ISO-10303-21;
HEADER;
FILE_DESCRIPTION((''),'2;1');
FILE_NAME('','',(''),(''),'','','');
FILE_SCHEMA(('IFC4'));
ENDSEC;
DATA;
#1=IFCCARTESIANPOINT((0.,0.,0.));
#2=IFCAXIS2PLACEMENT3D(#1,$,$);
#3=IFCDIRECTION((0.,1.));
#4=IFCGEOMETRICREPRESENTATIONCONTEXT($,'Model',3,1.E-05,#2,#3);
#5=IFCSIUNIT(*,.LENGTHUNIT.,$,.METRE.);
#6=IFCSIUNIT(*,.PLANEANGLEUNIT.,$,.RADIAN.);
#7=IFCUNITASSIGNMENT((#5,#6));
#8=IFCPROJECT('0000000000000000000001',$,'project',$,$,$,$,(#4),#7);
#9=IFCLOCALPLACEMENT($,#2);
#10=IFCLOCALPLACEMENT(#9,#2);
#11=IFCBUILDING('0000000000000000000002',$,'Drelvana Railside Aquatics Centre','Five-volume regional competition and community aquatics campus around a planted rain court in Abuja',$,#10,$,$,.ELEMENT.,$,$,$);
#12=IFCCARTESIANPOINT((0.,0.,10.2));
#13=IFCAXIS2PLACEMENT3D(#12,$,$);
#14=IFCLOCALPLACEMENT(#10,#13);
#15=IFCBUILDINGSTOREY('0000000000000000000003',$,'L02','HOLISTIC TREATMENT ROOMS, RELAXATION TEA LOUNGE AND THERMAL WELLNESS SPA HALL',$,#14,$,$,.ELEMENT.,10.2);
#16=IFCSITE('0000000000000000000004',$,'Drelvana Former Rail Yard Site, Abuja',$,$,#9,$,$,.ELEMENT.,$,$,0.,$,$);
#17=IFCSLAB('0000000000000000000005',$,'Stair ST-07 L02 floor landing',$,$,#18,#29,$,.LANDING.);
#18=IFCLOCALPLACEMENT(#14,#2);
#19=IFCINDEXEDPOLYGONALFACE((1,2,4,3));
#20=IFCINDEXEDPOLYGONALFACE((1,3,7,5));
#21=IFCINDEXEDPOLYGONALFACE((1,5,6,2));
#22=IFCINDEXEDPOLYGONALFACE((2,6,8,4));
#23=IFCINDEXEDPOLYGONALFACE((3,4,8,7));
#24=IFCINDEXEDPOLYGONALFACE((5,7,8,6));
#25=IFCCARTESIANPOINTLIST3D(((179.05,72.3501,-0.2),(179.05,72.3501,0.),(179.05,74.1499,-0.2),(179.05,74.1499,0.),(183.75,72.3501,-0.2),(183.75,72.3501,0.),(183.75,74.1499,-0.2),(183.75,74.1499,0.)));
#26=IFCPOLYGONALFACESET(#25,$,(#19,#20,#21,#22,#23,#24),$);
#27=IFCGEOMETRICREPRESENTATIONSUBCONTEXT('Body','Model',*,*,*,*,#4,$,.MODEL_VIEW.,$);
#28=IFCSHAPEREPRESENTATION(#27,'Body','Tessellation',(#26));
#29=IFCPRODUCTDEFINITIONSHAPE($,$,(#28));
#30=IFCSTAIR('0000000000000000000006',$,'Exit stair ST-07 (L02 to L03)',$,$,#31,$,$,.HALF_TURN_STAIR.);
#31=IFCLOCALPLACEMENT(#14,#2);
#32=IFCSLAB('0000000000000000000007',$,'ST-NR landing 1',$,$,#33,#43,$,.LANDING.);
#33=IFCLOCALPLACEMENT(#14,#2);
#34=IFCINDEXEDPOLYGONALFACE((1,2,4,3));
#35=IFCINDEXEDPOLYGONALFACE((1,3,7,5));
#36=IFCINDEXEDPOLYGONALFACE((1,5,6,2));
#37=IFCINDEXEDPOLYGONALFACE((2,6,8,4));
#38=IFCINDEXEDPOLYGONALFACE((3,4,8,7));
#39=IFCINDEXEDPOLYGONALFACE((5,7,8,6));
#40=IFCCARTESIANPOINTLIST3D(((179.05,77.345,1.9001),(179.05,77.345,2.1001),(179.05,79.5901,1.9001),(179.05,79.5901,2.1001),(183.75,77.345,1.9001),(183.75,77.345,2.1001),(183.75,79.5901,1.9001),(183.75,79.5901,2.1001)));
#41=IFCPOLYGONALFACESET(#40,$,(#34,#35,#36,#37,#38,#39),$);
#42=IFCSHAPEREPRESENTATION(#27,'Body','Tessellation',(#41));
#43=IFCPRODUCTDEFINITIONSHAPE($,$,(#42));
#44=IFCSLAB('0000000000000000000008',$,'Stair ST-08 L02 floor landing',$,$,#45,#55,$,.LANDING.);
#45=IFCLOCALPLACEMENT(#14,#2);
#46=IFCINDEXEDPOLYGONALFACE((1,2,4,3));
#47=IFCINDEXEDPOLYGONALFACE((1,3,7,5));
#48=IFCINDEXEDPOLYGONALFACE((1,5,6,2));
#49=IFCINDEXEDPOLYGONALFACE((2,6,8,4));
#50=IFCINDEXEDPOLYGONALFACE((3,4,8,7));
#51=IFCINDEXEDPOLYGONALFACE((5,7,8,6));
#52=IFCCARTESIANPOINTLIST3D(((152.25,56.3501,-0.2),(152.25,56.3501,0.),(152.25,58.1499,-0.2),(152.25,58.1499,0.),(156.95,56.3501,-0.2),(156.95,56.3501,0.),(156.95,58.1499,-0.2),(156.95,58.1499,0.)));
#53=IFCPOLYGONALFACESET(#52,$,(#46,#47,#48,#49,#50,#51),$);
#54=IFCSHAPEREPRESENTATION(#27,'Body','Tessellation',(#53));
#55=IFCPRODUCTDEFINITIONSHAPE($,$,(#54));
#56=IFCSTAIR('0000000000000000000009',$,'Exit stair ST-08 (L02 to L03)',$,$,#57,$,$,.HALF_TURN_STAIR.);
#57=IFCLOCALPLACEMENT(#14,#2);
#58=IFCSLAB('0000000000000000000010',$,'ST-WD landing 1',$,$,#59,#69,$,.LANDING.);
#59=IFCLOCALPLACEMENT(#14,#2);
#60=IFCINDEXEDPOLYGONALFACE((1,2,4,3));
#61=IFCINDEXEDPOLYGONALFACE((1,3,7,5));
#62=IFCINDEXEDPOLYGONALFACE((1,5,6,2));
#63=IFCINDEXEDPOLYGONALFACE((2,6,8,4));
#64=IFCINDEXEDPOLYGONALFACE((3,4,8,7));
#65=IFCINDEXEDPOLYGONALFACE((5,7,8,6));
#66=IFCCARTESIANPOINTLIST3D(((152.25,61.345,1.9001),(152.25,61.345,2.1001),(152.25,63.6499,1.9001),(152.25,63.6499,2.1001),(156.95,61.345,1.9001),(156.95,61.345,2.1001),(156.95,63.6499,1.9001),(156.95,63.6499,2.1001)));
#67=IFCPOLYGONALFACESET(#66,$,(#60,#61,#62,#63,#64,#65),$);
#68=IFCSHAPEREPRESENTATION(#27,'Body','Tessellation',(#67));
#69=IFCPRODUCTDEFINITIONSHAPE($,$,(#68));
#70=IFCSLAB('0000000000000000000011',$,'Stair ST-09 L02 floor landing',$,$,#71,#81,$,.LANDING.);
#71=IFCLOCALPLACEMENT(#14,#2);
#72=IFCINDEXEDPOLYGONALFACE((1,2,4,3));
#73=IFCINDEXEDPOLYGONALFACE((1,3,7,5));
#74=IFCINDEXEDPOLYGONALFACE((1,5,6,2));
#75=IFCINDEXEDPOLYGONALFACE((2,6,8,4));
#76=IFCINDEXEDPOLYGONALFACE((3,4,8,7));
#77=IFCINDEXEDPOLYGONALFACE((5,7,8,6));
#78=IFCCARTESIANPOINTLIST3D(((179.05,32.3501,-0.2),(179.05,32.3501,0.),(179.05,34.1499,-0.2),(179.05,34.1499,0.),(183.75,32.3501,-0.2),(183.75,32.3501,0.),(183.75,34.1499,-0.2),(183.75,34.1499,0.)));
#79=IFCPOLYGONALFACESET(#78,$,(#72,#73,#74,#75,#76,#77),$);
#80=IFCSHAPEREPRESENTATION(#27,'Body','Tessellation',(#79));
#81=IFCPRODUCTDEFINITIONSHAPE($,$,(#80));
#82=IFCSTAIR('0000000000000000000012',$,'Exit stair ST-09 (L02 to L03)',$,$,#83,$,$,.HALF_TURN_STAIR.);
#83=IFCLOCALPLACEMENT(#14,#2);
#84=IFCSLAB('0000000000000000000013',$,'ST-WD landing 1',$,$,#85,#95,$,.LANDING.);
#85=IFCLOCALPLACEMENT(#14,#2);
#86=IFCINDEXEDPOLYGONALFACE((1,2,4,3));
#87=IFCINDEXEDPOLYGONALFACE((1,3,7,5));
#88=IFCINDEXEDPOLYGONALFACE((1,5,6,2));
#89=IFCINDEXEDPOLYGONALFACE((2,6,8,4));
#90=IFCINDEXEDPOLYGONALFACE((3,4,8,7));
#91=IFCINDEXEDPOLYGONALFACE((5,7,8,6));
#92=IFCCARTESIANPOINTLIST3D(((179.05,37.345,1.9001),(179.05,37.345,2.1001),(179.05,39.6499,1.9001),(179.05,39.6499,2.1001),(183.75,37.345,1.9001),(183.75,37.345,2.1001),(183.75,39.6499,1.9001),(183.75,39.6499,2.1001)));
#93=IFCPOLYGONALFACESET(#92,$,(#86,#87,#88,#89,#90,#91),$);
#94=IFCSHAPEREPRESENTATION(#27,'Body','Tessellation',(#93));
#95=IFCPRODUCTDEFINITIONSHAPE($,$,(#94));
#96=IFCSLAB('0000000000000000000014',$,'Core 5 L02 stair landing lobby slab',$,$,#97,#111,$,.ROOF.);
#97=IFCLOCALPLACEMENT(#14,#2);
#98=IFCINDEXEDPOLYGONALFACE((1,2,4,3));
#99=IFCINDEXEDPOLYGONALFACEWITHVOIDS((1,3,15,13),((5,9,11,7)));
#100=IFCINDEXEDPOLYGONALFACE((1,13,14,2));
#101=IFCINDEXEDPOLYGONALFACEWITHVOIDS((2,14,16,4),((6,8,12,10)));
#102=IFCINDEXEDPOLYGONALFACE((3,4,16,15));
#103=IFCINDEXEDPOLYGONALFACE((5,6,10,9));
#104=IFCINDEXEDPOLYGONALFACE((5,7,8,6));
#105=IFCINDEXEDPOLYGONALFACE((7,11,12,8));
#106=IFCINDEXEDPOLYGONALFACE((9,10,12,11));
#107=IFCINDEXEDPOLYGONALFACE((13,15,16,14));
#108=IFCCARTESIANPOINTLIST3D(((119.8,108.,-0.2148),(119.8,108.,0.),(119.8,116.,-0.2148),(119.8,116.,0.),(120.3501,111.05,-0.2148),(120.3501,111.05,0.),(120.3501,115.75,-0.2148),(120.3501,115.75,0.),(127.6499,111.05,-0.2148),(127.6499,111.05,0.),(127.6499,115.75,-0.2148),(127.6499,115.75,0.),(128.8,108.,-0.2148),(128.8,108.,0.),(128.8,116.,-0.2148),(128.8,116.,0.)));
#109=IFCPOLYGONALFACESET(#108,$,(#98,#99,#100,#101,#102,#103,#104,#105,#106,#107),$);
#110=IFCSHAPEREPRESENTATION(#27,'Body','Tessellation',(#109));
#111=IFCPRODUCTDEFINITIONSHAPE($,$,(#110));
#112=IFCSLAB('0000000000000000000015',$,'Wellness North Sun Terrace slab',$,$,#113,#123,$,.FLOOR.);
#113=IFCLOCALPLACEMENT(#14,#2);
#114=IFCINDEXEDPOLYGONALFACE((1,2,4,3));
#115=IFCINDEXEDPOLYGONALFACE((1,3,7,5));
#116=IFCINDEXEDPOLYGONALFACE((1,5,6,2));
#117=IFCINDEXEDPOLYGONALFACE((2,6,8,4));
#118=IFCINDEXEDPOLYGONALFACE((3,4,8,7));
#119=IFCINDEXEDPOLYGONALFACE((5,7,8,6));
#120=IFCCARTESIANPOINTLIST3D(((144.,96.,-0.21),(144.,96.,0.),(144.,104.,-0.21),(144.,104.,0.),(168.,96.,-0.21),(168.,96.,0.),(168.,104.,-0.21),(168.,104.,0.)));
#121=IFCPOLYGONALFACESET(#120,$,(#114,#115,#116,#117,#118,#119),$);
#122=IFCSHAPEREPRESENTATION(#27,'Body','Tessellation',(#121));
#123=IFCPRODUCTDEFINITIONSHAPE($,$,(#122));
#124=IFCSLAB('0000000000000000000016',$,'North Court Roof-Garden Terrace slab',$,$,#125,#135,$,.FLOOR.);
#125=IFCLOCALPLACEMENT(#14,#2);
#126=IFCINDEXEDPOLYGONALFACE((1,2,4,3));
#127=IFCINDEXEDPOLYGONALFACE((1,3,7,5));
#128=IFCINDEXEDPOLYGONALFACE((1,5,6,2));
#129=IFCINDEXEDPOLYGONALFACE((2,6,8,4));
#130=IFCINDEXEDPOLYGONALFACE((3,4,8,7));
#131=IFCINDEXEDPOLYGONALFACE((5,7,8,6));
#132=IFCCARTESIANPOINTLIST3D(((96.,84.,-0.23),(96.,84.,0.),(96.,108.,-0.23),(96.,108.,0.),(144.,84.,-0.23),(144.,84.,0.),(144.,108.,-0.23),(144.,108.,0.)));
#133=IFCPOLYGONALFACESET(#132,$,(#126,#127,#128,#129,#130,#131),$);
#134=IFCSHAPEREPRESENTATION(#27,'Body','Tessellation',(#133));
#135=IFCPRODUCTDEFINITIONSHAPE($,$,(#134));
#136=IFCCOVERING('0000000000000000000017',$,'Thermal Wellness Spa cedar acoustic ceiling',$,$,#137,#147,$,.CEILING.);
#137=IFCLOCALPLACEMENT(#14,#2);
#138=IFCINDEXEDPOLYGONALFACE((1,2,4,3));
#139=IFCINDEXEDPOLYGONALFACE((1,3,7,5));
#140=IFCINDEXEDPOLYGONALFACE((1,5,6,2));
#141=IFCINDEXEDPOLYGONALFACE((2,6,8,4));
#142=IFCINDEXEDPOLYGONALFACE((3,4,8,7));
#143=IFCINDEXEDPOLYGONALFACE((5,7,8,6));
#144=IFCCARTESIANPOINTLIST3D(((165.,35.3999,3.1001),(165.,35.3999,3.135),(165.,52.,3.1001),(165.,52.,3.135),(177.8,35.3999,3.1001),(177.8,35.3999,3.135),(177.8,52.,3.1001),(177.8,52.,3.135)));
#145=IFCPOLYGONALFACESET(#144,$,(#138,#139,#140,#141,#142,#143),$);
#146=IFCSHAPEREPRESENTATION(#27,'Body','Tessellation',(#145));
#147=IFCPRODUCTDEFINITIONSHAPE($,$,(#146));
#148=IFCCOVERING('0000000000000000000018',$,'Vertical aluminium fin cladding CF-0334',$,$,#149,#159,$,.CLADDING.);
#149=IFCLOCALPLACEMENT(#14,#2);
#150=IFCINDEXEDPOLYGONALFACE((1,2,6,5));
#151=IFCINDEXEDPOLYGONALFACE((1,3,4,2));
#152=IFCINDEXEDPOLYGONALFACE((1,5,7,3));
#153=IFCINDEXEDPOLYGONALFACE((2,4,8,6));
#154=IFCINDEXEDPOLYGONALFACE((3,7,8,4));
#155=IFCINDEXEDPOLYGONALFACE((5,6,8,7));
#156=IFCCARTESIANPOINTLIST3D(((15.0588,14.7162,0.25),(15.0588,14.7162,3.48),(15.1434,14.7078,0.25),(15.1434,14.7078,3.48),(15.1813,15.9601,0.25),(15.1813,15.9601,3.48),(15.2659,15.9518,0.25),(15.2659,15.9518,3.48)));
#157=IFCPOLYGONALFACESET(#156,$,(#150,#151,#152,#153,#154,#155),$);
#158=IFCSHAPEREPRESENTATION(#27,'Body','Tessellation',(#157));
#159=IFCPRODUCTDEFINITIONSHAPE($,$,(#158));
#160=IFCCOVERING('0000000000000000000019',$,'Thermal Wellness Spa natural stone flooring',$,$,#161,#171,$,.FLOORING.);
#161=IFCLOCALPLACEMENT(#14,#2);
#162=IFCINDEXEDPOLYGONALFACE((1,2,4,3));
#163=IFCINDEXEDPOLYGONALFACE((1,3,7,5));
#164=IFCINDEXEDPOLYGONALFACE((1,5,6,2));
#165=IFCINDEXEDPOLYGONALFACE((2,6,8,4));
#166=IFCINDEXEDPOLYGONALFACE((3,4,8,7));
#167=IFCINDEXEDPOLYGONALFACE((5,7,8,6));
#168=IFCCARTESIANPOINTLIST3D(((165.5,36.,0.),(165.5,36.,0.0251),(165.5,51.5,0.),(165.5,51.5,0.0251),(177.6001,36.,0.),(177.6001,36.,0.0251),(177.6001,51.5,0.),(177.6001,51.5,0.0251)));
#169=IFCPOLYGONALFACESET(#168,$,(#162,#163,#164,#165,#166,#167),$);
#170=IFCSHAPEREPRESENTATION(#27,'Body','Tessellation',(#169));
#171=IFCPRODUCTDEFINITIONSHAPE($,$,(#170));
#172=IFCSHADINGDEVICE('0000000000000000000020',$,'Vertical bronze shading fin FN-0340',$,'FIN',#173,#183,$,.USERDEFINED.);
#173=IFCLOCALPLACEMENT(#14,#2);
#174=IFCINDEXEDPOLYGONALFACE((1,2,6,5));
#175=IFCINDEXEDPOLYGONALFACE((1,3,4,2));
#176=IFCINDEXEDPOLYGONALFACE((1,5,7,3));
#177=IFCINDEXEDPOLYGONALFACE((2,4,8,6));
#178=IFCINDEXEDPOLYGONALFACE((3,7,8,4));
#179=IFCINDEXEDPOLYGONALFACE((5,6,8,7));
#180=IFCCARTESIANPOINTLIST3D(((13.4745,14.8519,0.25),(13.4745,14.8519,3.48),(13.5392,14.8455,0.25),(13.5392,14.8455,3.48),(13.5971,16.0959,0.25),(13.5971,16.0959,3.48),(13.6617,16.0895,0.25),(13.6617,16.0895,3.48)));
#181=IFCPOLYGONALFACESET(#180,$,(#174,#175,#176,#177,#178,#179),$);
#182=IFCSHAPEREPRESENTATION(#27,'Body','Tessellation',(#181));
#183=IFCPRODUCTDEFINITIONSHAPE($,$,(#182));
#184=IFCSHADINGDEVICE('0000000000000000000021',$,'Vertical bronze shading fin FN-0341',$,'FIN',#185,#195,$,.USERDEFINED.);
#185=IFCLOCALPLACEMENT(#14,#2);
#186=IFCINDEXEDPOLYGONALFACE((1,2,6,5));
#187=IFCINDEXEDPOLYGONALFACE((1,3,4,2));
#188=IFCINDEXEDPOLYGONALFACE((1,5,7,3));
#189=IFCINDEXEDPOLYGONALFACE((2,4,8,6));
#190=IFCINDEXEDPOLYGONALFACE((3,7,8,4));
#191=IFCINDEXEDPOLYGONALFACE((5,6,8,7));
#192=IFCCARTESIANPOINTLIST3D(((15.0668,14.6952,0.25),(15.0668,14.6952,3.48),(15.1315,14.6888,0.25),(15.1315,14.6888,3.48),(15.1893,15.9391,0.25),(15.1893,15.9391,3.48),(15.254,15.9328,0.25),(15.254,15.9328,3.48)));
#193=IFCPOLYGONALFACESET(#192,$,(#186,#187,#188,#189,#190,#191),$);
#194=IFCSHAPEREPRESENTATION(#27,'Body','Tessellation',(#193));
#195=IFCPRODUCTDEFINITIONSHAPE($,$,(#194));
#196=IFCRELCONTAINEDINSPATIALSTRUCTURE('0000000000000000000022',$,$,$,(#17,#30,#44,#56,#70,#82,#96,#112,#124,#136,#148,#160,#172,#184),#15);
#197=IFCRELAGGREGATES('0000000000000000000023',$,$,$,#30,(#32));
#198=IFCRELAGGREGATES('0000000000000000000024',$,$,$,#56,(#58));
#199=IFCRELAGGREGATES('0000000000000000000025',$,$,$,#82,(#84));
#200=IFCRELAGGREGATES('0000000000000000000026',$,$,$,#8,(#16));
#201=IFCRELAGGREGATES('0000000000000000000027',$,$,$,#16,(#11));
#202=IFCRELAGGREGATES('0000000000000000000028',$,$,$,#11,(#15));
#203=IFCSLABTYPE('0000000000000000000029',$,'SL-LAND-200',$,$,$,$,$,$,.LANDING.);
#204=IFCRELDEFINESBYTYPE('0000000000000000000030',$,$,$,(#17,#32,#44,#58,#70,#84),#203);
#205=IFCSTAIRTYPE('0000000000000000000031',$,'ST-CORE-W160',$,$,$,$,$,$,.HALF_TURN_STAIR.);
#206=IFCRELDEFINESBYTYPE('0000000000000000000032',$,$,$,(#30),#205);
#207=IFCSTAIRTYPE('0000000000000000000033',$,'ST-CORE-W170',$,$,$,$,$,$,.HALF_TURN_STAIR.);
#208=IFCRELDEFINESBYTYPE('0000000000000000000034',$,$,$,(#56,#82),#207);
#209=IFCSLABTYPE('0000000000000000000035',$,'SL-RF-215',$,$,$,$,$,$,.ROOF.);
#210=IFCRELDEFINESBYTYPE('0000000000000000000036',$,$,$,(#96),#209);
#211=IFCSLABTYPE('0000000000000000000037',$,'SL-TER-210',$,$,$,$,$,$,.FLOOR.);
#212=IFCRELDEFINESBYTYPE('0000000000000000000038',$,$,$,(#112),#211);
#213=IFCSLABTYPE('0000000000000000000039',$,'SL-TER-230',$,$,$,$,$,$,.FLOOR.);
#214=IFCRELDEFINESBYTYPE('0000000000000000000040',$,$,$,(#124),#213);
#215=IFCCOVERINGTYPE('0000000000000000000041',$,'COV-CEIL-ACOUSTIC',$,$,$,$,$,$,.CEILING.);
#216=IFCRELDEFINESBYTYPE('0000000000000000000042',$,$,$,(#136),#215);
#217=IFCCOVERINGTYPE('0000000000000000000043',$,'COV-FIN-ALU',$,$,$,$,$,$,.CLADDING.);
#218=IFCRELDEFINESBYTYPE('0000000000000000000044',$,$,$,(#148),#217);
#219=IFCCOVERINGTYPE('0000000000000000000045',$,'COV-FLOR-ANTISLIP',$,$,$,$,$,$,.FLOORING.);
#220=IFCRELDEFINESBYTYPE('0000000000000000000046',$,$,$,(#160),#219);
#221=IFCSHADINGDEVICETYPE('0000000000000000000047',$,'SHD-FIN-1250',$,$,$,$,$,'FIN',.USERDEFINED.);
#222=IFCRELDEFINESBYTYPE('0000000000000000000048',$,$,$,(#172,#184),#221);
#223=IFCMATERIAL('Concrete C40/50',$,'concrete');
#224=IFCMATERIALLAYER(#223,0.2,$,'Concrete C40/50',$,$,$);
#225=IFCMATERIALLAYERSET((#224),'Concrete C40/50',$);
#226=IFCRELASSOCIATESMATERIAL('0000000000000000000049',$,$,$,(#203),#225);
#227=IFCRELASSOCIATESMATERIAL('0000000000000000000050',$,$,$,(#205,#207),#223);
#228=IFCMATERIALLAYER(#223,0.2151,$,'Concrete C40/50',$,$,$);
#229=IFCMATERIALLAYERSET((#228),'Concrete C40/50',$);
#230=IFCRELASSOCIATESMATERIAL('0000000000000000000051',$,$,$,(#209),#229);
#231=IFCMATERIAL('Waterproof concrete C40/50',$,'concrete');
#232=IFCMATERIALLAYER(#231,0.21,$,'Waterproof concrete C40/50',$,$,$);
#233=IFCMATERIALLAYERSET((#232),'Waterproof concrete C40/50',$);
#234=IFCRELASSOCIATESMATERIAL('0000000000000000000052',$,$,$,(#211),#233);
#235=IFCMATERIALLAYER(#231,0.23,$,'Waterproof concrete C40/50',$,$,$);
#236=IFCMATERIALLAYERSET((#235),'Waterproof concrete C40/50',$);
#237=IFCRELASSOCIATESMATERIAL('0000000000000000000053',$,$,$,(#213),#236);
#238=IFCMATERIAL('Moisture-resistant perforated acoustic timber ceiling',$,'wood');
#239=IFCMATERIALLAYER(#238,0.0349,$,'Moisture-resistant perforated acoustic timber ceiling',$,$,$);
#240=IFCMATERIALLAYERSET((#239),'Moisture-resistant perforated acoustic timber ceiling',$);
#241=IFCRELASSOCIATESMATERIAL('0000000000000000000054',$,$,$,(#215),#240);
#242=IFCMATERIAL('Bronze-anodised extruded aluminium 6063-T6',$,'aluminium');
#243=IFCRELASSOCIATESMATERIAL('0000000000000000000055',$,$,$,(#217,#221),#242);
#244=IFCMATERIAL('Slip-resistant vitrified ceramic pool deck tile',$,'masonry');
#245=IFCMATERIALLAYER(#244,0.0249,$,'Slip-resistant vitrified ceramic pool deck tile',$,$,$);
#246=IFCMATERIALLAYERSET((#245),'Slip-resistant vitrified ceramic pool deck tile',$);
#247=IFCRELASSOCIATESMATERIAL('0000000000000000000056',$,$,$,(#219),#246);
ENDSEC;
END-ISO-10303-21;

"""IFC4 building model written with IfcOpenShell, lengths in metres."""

from ifc_helpers import new_model, si_unit, direction, frame, origin, origin_2d, place, context, subcontext, project, spatial, polyline, rectangle, outline, extrude, material, layer, layer_set, type_object, element, aggregate, save


model = new_model("IFC4")

# Units and contexts
model_context = context("Model", 3, precision=1e-05, world=origin(), true_north=direction((0.0, 1.0)))
body_context = subcontext(model_context, "Body", "Model", "MODEL_VIEW")
ifc_project = project(units=[si_unit("LENGTHUNIT", "METRE"), si_unit("PLANEANGLEUNIT", "RADIAN")], contexts=[model_context])

# Site, building, storey
site_placement = place(None, origin())
site = spatial("IfcSite", under=ifc_project, at=site_placement, Name="Drelvana Former Rail Yard Site, Abuja", CompositionType="ELEMENT", RefElevation=0.0)
building_placement = place(site_placement, origin())
building = spatial("IfcBuilding", under=site, at=building_placement, Name="Drelvana Railside Aquatics Centre", Description="Five-volume regional competition and community aquatics campus around a planted rain court in Abuja", CompositionType="ELEMENT")
storey_placement = place(building_placement, frame((0.0, 0.0, 10.2)))
storey = spatial("IfcBuildingStorey", under=building, at=storey_placement, Name="L02", Description="HOLISTIC TREATMENT ROOMS, RELAXATION TEA LOUNGE AND THERMAL WELLNESS SPA HALL", CompositionType="ELEMENT", Elevation=10.2)

# Shared definitions
ifc_material_1 = material(Name="Concrete C40/50", Category="concrete")
ifc_layer_1 = layer(ifc_material_1, 0.2, Name="Concrete C40/50")
ifc_layer_set_1 = layer_set([ifc_layer_1], Name="Concrete C40/50")
slab_type_1 = type_object("IfcSlabType", Name="SL-LAND-200", PredefinedType="LANDING", material=ifc_layer_set_1)

# Shared definitions
stair_type_1 = type_object("IfcStairType", Name="ST-CORE-W160", PredefinedType="HALF_TURN_STAIR", material=ifc_material_1)

# Slab
slab_1_placement = place(storey_placement, frame((0.0, 0.0, -0.2)))
element("IfcSlab", 1, at=slab_1_placement, inside=storey, type_object=slab_type_1, Name="Stair ST-07 L02 floor landing", PredefinedType="LANDING", context=body_context, shape_type="SweptSolid", body=[
    extrude(outline(polyline([(179.05, 72.3501), (183.75, 72.3501), (183.75, 74.1499), (179.05, 74.1499), (179.05, 72.3501)])), origin(), (0.0, 0.0, 1.0), 0.2),
])

# Stair, slab
stair_1_placement = place(storey_placement, origin())
stair_1 = element("IfcStair", 2, at=stair_1_placement, inside=storey, type_object=stair_type_1, Name="Exit stair ST-07 (L02 to L03)", PredefinedType="HALF_TURN_STAIR")
slab_2_placement = place(storey_placement, frame((0.0, 0.0, 1.9001)))
slab_2 = element("IfcSlab", 3, at=slab_2_placement, type_object=slab_type_1, Name="ST-NR landing 1", PredefinedType="LANDING", context=body_context, shape_type="SweptSolid", body=[
    extrude(outline(polyline([(179.05, 77.345), (183.75, 77.345), (183.75, 79.5901), (179.05, 79.5901), (179.05, 77.345)])), origin(), (0.0, 0.0, 1.0), 0.2),
])
aggregate(stair_1, [slab_2])

# Slab
slab_3_placement = place(storey_placement, frame((0.0, 0.0, -0.2)))
element("IfcSlab", 4, at=slab_3_placement, inside=storey, type_object=slab_type_1, Name="Stair ST-08 L02 floor landing", PredefinedType="LANDING", context=body_context, shape_type="SweptSolid", body=[
    extrude(outline(polyline([(152.25, 56.3501), (156.95, 56.3501), (156.95, 58.1499), (152.25, 58.1499), (152.25, 56.3501)])), origin(), (0.0, 0.0, 1.0), 0.2),
])

# Stair, slab
stair_type_2 = type_object("IfcStairType", Name="ST-CORE-W170", PredefinedType="HALF_TURN_STAIR", material=ifc_material_1)
stair_2_placement = place(storey_placement, origin())
stair_2 = element("IfcStair", 5, at=stair_2_placement, inside=storey, type_object=stair_type_2, Name="Exit stair ST-08 (L02 to L03)", PredefinedType="HALF_TURN_STAIR")
slab_4_placement = place(storey_placement, frame((0.0, 0.0, 1.9001)))
slab_4 = element("IfcSlab", 6, at=slab_4_placement, type_object=slab_type_1, Name="ST-WD landing 1", PredefinedType="LANDING", context=body_context, shape_type="SweptSolid", body=[
    extrude(outline(polyline([(152.25, 61.345), (156.95, 61.345), (156.95, 63.6499), (152.25, 63.6499), (152.25, 61.345)])), origin(), (0.0, 0.0, 1.0), 0.2),
])
aggregate(stair_2, [slab_4])

# Slab
slab_5_placement = place(storey_placement, frame((0.0, 0.0, -0.2)))
element("IfcSlab", 7, at=slab_5_placement, inside=storey, type_object=slab_type_1, Name="Stair ST-09 L02 floor landing", PredefinedType="LANDING", context=body_context, shape_type="SweptSolid", body=[
    extrude(outline(polyline([(179.05, 32.3501), (183.75, 32.3501), (183.75, 34.1499), (179.05, 34.1499), (179.05, 32.3501)])), origin(), (0.0, 0.0, 1.0), 0.2),
])

# Stair, slab
stair_3_placement = place(storey_placement, origin())
stair_3 = element("IfcStair", 8, at=stair_3_placement, inside=storey, type_object=stair_type_2, Name="Exit stair ST-09 (L02 to L03)", PredefinedType="HALF_TURN_STAIR")
slab_6_placement = place(storey_placement, frame((0.0, 0.0, 1.9001)))
slab_6 = element("IfcSlab", 9, at=slab_6_placement, type_object=slab_type_1, Name="ST-WD landing 1", PredefinedType="LANDING", context=body_context, shape_type="SweptSolid", body=[
    extrude(outline(polyline([(179.05, 37.345), (183.75, 37.345), (183.75, 39.6499), (179.05, 39.6499), (179.05, 37.345)])), origin(), (0.0, 0.0, 1.0), 0.2),
])
aggregate(stair_3, [slab_6])

# Slabs
ifc_layer_2 = layer(ifc_material_1, 0.2151, Name="Concrete C40/50")
ifc_layer_set_2 = layer_set([ifc_layer_2], Name="Concrete C40/50")
slab_type_2 = type_object("IfcSlabType", Name="SL-RF-215", PredefinedType="ROOF", material=ifc_layer_set_2)
slab_7_placement = place(storey_placement, frame((0.0, 0.0, -0.2148)))
element("IfcSlab", 10, at=slab_7_placement, inside=storey, type_object=slab_type_2, Name="Core 5 L02 stair landing lobby slab", PredefinedType="ROOF", context=body_context, shape_type="SweptSolid", body=[
    extrude(outline(polyline([(119.8, 108.0), (128.8, 108.0), (128.8, 116.0), (119.8, 116.0), (119.8, 108.0)]), holes=[polyline([(120.3501, 111.05), (127.6499, 111.05), (127.6499, 115.75), (120.3501, 115.75), (120.3501, 111.05)])]), origin(), (0.0, 0.0, 1.0), 0.2148),
])
ifc_material_2 = material(Name="Waterproof concrete C40/50", Category="concrete")
ifc_layer_3 = layer(ifc_material_2, 0.21, Name="Waterproof concrete C40/50")
ifc_layer_set_3 = layer_set([ifc_layer_3], Name="Waterproof concrete C40/50")
slab_type_3 = type_object("IfcSlabType", Name="SL-TER-210", PredefinedType="FLOOR", material=ifc_layer_set_3)
slab_8_placement = place(storey_placement, frame((0.0, 0.0, -0.21)))
element("IfcSlab", 11, at=slab_8_placement, inside=storey, type_object=slab_type_3, Name="Wellness North Sun Terrace slab", PredefinedType="FLOOR", context=body_context, shape_type="SweptSolid", body=[
    extrude(outline(polyline([(144.0, 96.0), (168.0, 96.0), (168.0, 104.0), (144.0, 104.0), (144.0, 96.0)])), origin(), (0.0, 0.0, 1.0), 0.21),
])
ifc_layer_4 = layer(ifc_material_2, 0.23, Name="Waterproof concrete C40/50")
ifc_layer_set_4 = layer_set([ifc_layer_4], Name="Waterproof concrete C40/50")
slab_type_4 = type_object("IfcSlabType", Name="SL-TER-230", PredefinedType="FLOOR", material=ifc_layer_set_4)
slab_9_placement = place(storey_placement, frame((0.0, 0.0, -0.23)))
element("IfcSlab", 12, at=slab_9_placement, inside=storey, type_object=slab_type_4, Name="North Court Roof-Garden Terrace slab", PredefinedType="FLOOR", context=body_context, shape_type="SweptSolid", body=[
    extrude(outline(polyline([(96.0, 84.0), (144.0, 84.0), (144.0, 108.0), (96.0, 108.0), (96.0, 84.0)])), origin(), (0.0, 0.0, 1.0), 0.23),
])

# Coverings
ifc_material_3 = material(Name="Moisture-resistant perforated acoustic timber ceiling", Category="wood")
ifc_layer_5 = layer(ifc_material_3, 0.0349, Name="Moisture-resistant perforated acoustic timber ceiling")
ifc_layer_set_5 = layer_set([ifc_layer_5], Name="Moisture-resistant perforated acoustic timber ceiling")
covering_type_1 = type_object("IfcCoveringType", Name="COV-CEIL-ACOUSTIC", PredefinedType="CEILING", material=ifc_layer_set_5)
covering_1_placement = place(storey_placement, frame((0.0, 0.0, 3.1001)))
element("IfcCovering", 13, at=covering_1_placement, inside=storey, type_object=covering_type_1, Name="Thermal Wellness Spa cedar acoustic ceiling", PredefinedType="CEILING", context=body_context, shape_type="SweptSolid", body=[
    extrude(outline(polyline([(165.0, 35.3999), (177.8, 35.3999), (177.8, 52.0), (165.0, 52.0), (165.0, 35.3999)])), origin(), (0.0, 0.0, 1.0), 0.0349),
])
ifc_material_4 = material(Name="Bronze-anodised extruded aluminium 6063-T6", Category="aluminium")
covering_type_2 = type_object("IfcCoveringType", Name="COV-FIN-ALU", PredefinedType="CLADDING", material=ifc_material_4)
covering_2_placement = place(storey_placement, frame((15.1624, 15.334, 0.25), z_axis=(0.0, 0.0, 1.0), x_axis=(-0.995185, 0.098017, 0.0)))
element("IfcCovering", 14, at=covering_2_placement, inside=storey, type_object=covering_type_2, Name="Vertical aluminium fin cladding CF-0334", PredefinedType="CLADDING", context=body_context, shape_type="SweptSolid", body=[
    extrude(rectangle(XDim=0.085, YDim=1.25, at=origin_2d()), origin(), (0.0, 0.0, 1.0), 3.23),
])
ifc_material_5 = material(Name="Slip-resistant vitrified ceramic pool deck tile", Category="masonry")
ifc_layer_6 = layer(ifc_material_5, 0.0249, Name="Slip-resistant vitrified ceramic pool deck tile")
ifc_layer_set_6 = layer_set([ifc_layer_6], Name="Slip-resistant vitrified ceramic pool deck tile")
covering_type_3 = type_object("IfcCoveringType", Name="COV-FLOR-ANTISLIP", PredefinedType="FLOORING", material=ifc_layer_set_6)
covering_3_placement = place(storey_placement, origin())
element("IfcCovering", 15, at=covering_3_placement, inside=storey, type_object=covering_type_3, Name="Thermal Wellness Spa natural stone flooring", PredefinedType="FLOORING", context=body_context, shape_type="SweptSolid", body=[
    extrude(outline(polyline([(165.5, 36.0), (177.6001, 36.0), (177.6001, 51.5), (165.5, 51.5), (165.5, 36.0)])), origin(), (0.0, 0.0, 1.0), 0.0251),
])

# Shading devices
shading_device_type = type_object("IfcShadingDeviceType", Name="SHD-FIN-1250", ElementType="FIN", PredefinedType="USERDEFINED", material=ifc_material_4)
for number, where, z_axis, x_axis, name in (
    (16, (13.5681, 15.4707, 0.25), (0.0, 0.0, 1.0), (-0.098017, -0.995185, 0.0), "Vertical bronze shading fin FN-0340"),
    (17, (15.1604, 15.314, 0.25), (0.0, 0.0, 1.0), (-0.098017, -0.995185, 0.0), "Vertical bronze shading fin FN-0341"),
):
    element("IfcShadingDevice", number, at=place(storey_placement, frame(where, z_axis=z_axis, x_axis=x_axis)), inside=storey, type_object=shading_device_type, Name=name, ObjectType="FIN", PredefinedType="USERDEFINED", context=body_context, shape_type="SweptSolid", body=[
        extrude(rectangle(XDim=1.25, YDim=0.0649, at=origin_2d()), origin(), (0.0, 0.0, 1.0), 3.23),
    ])

save(model, "model.ifc")
